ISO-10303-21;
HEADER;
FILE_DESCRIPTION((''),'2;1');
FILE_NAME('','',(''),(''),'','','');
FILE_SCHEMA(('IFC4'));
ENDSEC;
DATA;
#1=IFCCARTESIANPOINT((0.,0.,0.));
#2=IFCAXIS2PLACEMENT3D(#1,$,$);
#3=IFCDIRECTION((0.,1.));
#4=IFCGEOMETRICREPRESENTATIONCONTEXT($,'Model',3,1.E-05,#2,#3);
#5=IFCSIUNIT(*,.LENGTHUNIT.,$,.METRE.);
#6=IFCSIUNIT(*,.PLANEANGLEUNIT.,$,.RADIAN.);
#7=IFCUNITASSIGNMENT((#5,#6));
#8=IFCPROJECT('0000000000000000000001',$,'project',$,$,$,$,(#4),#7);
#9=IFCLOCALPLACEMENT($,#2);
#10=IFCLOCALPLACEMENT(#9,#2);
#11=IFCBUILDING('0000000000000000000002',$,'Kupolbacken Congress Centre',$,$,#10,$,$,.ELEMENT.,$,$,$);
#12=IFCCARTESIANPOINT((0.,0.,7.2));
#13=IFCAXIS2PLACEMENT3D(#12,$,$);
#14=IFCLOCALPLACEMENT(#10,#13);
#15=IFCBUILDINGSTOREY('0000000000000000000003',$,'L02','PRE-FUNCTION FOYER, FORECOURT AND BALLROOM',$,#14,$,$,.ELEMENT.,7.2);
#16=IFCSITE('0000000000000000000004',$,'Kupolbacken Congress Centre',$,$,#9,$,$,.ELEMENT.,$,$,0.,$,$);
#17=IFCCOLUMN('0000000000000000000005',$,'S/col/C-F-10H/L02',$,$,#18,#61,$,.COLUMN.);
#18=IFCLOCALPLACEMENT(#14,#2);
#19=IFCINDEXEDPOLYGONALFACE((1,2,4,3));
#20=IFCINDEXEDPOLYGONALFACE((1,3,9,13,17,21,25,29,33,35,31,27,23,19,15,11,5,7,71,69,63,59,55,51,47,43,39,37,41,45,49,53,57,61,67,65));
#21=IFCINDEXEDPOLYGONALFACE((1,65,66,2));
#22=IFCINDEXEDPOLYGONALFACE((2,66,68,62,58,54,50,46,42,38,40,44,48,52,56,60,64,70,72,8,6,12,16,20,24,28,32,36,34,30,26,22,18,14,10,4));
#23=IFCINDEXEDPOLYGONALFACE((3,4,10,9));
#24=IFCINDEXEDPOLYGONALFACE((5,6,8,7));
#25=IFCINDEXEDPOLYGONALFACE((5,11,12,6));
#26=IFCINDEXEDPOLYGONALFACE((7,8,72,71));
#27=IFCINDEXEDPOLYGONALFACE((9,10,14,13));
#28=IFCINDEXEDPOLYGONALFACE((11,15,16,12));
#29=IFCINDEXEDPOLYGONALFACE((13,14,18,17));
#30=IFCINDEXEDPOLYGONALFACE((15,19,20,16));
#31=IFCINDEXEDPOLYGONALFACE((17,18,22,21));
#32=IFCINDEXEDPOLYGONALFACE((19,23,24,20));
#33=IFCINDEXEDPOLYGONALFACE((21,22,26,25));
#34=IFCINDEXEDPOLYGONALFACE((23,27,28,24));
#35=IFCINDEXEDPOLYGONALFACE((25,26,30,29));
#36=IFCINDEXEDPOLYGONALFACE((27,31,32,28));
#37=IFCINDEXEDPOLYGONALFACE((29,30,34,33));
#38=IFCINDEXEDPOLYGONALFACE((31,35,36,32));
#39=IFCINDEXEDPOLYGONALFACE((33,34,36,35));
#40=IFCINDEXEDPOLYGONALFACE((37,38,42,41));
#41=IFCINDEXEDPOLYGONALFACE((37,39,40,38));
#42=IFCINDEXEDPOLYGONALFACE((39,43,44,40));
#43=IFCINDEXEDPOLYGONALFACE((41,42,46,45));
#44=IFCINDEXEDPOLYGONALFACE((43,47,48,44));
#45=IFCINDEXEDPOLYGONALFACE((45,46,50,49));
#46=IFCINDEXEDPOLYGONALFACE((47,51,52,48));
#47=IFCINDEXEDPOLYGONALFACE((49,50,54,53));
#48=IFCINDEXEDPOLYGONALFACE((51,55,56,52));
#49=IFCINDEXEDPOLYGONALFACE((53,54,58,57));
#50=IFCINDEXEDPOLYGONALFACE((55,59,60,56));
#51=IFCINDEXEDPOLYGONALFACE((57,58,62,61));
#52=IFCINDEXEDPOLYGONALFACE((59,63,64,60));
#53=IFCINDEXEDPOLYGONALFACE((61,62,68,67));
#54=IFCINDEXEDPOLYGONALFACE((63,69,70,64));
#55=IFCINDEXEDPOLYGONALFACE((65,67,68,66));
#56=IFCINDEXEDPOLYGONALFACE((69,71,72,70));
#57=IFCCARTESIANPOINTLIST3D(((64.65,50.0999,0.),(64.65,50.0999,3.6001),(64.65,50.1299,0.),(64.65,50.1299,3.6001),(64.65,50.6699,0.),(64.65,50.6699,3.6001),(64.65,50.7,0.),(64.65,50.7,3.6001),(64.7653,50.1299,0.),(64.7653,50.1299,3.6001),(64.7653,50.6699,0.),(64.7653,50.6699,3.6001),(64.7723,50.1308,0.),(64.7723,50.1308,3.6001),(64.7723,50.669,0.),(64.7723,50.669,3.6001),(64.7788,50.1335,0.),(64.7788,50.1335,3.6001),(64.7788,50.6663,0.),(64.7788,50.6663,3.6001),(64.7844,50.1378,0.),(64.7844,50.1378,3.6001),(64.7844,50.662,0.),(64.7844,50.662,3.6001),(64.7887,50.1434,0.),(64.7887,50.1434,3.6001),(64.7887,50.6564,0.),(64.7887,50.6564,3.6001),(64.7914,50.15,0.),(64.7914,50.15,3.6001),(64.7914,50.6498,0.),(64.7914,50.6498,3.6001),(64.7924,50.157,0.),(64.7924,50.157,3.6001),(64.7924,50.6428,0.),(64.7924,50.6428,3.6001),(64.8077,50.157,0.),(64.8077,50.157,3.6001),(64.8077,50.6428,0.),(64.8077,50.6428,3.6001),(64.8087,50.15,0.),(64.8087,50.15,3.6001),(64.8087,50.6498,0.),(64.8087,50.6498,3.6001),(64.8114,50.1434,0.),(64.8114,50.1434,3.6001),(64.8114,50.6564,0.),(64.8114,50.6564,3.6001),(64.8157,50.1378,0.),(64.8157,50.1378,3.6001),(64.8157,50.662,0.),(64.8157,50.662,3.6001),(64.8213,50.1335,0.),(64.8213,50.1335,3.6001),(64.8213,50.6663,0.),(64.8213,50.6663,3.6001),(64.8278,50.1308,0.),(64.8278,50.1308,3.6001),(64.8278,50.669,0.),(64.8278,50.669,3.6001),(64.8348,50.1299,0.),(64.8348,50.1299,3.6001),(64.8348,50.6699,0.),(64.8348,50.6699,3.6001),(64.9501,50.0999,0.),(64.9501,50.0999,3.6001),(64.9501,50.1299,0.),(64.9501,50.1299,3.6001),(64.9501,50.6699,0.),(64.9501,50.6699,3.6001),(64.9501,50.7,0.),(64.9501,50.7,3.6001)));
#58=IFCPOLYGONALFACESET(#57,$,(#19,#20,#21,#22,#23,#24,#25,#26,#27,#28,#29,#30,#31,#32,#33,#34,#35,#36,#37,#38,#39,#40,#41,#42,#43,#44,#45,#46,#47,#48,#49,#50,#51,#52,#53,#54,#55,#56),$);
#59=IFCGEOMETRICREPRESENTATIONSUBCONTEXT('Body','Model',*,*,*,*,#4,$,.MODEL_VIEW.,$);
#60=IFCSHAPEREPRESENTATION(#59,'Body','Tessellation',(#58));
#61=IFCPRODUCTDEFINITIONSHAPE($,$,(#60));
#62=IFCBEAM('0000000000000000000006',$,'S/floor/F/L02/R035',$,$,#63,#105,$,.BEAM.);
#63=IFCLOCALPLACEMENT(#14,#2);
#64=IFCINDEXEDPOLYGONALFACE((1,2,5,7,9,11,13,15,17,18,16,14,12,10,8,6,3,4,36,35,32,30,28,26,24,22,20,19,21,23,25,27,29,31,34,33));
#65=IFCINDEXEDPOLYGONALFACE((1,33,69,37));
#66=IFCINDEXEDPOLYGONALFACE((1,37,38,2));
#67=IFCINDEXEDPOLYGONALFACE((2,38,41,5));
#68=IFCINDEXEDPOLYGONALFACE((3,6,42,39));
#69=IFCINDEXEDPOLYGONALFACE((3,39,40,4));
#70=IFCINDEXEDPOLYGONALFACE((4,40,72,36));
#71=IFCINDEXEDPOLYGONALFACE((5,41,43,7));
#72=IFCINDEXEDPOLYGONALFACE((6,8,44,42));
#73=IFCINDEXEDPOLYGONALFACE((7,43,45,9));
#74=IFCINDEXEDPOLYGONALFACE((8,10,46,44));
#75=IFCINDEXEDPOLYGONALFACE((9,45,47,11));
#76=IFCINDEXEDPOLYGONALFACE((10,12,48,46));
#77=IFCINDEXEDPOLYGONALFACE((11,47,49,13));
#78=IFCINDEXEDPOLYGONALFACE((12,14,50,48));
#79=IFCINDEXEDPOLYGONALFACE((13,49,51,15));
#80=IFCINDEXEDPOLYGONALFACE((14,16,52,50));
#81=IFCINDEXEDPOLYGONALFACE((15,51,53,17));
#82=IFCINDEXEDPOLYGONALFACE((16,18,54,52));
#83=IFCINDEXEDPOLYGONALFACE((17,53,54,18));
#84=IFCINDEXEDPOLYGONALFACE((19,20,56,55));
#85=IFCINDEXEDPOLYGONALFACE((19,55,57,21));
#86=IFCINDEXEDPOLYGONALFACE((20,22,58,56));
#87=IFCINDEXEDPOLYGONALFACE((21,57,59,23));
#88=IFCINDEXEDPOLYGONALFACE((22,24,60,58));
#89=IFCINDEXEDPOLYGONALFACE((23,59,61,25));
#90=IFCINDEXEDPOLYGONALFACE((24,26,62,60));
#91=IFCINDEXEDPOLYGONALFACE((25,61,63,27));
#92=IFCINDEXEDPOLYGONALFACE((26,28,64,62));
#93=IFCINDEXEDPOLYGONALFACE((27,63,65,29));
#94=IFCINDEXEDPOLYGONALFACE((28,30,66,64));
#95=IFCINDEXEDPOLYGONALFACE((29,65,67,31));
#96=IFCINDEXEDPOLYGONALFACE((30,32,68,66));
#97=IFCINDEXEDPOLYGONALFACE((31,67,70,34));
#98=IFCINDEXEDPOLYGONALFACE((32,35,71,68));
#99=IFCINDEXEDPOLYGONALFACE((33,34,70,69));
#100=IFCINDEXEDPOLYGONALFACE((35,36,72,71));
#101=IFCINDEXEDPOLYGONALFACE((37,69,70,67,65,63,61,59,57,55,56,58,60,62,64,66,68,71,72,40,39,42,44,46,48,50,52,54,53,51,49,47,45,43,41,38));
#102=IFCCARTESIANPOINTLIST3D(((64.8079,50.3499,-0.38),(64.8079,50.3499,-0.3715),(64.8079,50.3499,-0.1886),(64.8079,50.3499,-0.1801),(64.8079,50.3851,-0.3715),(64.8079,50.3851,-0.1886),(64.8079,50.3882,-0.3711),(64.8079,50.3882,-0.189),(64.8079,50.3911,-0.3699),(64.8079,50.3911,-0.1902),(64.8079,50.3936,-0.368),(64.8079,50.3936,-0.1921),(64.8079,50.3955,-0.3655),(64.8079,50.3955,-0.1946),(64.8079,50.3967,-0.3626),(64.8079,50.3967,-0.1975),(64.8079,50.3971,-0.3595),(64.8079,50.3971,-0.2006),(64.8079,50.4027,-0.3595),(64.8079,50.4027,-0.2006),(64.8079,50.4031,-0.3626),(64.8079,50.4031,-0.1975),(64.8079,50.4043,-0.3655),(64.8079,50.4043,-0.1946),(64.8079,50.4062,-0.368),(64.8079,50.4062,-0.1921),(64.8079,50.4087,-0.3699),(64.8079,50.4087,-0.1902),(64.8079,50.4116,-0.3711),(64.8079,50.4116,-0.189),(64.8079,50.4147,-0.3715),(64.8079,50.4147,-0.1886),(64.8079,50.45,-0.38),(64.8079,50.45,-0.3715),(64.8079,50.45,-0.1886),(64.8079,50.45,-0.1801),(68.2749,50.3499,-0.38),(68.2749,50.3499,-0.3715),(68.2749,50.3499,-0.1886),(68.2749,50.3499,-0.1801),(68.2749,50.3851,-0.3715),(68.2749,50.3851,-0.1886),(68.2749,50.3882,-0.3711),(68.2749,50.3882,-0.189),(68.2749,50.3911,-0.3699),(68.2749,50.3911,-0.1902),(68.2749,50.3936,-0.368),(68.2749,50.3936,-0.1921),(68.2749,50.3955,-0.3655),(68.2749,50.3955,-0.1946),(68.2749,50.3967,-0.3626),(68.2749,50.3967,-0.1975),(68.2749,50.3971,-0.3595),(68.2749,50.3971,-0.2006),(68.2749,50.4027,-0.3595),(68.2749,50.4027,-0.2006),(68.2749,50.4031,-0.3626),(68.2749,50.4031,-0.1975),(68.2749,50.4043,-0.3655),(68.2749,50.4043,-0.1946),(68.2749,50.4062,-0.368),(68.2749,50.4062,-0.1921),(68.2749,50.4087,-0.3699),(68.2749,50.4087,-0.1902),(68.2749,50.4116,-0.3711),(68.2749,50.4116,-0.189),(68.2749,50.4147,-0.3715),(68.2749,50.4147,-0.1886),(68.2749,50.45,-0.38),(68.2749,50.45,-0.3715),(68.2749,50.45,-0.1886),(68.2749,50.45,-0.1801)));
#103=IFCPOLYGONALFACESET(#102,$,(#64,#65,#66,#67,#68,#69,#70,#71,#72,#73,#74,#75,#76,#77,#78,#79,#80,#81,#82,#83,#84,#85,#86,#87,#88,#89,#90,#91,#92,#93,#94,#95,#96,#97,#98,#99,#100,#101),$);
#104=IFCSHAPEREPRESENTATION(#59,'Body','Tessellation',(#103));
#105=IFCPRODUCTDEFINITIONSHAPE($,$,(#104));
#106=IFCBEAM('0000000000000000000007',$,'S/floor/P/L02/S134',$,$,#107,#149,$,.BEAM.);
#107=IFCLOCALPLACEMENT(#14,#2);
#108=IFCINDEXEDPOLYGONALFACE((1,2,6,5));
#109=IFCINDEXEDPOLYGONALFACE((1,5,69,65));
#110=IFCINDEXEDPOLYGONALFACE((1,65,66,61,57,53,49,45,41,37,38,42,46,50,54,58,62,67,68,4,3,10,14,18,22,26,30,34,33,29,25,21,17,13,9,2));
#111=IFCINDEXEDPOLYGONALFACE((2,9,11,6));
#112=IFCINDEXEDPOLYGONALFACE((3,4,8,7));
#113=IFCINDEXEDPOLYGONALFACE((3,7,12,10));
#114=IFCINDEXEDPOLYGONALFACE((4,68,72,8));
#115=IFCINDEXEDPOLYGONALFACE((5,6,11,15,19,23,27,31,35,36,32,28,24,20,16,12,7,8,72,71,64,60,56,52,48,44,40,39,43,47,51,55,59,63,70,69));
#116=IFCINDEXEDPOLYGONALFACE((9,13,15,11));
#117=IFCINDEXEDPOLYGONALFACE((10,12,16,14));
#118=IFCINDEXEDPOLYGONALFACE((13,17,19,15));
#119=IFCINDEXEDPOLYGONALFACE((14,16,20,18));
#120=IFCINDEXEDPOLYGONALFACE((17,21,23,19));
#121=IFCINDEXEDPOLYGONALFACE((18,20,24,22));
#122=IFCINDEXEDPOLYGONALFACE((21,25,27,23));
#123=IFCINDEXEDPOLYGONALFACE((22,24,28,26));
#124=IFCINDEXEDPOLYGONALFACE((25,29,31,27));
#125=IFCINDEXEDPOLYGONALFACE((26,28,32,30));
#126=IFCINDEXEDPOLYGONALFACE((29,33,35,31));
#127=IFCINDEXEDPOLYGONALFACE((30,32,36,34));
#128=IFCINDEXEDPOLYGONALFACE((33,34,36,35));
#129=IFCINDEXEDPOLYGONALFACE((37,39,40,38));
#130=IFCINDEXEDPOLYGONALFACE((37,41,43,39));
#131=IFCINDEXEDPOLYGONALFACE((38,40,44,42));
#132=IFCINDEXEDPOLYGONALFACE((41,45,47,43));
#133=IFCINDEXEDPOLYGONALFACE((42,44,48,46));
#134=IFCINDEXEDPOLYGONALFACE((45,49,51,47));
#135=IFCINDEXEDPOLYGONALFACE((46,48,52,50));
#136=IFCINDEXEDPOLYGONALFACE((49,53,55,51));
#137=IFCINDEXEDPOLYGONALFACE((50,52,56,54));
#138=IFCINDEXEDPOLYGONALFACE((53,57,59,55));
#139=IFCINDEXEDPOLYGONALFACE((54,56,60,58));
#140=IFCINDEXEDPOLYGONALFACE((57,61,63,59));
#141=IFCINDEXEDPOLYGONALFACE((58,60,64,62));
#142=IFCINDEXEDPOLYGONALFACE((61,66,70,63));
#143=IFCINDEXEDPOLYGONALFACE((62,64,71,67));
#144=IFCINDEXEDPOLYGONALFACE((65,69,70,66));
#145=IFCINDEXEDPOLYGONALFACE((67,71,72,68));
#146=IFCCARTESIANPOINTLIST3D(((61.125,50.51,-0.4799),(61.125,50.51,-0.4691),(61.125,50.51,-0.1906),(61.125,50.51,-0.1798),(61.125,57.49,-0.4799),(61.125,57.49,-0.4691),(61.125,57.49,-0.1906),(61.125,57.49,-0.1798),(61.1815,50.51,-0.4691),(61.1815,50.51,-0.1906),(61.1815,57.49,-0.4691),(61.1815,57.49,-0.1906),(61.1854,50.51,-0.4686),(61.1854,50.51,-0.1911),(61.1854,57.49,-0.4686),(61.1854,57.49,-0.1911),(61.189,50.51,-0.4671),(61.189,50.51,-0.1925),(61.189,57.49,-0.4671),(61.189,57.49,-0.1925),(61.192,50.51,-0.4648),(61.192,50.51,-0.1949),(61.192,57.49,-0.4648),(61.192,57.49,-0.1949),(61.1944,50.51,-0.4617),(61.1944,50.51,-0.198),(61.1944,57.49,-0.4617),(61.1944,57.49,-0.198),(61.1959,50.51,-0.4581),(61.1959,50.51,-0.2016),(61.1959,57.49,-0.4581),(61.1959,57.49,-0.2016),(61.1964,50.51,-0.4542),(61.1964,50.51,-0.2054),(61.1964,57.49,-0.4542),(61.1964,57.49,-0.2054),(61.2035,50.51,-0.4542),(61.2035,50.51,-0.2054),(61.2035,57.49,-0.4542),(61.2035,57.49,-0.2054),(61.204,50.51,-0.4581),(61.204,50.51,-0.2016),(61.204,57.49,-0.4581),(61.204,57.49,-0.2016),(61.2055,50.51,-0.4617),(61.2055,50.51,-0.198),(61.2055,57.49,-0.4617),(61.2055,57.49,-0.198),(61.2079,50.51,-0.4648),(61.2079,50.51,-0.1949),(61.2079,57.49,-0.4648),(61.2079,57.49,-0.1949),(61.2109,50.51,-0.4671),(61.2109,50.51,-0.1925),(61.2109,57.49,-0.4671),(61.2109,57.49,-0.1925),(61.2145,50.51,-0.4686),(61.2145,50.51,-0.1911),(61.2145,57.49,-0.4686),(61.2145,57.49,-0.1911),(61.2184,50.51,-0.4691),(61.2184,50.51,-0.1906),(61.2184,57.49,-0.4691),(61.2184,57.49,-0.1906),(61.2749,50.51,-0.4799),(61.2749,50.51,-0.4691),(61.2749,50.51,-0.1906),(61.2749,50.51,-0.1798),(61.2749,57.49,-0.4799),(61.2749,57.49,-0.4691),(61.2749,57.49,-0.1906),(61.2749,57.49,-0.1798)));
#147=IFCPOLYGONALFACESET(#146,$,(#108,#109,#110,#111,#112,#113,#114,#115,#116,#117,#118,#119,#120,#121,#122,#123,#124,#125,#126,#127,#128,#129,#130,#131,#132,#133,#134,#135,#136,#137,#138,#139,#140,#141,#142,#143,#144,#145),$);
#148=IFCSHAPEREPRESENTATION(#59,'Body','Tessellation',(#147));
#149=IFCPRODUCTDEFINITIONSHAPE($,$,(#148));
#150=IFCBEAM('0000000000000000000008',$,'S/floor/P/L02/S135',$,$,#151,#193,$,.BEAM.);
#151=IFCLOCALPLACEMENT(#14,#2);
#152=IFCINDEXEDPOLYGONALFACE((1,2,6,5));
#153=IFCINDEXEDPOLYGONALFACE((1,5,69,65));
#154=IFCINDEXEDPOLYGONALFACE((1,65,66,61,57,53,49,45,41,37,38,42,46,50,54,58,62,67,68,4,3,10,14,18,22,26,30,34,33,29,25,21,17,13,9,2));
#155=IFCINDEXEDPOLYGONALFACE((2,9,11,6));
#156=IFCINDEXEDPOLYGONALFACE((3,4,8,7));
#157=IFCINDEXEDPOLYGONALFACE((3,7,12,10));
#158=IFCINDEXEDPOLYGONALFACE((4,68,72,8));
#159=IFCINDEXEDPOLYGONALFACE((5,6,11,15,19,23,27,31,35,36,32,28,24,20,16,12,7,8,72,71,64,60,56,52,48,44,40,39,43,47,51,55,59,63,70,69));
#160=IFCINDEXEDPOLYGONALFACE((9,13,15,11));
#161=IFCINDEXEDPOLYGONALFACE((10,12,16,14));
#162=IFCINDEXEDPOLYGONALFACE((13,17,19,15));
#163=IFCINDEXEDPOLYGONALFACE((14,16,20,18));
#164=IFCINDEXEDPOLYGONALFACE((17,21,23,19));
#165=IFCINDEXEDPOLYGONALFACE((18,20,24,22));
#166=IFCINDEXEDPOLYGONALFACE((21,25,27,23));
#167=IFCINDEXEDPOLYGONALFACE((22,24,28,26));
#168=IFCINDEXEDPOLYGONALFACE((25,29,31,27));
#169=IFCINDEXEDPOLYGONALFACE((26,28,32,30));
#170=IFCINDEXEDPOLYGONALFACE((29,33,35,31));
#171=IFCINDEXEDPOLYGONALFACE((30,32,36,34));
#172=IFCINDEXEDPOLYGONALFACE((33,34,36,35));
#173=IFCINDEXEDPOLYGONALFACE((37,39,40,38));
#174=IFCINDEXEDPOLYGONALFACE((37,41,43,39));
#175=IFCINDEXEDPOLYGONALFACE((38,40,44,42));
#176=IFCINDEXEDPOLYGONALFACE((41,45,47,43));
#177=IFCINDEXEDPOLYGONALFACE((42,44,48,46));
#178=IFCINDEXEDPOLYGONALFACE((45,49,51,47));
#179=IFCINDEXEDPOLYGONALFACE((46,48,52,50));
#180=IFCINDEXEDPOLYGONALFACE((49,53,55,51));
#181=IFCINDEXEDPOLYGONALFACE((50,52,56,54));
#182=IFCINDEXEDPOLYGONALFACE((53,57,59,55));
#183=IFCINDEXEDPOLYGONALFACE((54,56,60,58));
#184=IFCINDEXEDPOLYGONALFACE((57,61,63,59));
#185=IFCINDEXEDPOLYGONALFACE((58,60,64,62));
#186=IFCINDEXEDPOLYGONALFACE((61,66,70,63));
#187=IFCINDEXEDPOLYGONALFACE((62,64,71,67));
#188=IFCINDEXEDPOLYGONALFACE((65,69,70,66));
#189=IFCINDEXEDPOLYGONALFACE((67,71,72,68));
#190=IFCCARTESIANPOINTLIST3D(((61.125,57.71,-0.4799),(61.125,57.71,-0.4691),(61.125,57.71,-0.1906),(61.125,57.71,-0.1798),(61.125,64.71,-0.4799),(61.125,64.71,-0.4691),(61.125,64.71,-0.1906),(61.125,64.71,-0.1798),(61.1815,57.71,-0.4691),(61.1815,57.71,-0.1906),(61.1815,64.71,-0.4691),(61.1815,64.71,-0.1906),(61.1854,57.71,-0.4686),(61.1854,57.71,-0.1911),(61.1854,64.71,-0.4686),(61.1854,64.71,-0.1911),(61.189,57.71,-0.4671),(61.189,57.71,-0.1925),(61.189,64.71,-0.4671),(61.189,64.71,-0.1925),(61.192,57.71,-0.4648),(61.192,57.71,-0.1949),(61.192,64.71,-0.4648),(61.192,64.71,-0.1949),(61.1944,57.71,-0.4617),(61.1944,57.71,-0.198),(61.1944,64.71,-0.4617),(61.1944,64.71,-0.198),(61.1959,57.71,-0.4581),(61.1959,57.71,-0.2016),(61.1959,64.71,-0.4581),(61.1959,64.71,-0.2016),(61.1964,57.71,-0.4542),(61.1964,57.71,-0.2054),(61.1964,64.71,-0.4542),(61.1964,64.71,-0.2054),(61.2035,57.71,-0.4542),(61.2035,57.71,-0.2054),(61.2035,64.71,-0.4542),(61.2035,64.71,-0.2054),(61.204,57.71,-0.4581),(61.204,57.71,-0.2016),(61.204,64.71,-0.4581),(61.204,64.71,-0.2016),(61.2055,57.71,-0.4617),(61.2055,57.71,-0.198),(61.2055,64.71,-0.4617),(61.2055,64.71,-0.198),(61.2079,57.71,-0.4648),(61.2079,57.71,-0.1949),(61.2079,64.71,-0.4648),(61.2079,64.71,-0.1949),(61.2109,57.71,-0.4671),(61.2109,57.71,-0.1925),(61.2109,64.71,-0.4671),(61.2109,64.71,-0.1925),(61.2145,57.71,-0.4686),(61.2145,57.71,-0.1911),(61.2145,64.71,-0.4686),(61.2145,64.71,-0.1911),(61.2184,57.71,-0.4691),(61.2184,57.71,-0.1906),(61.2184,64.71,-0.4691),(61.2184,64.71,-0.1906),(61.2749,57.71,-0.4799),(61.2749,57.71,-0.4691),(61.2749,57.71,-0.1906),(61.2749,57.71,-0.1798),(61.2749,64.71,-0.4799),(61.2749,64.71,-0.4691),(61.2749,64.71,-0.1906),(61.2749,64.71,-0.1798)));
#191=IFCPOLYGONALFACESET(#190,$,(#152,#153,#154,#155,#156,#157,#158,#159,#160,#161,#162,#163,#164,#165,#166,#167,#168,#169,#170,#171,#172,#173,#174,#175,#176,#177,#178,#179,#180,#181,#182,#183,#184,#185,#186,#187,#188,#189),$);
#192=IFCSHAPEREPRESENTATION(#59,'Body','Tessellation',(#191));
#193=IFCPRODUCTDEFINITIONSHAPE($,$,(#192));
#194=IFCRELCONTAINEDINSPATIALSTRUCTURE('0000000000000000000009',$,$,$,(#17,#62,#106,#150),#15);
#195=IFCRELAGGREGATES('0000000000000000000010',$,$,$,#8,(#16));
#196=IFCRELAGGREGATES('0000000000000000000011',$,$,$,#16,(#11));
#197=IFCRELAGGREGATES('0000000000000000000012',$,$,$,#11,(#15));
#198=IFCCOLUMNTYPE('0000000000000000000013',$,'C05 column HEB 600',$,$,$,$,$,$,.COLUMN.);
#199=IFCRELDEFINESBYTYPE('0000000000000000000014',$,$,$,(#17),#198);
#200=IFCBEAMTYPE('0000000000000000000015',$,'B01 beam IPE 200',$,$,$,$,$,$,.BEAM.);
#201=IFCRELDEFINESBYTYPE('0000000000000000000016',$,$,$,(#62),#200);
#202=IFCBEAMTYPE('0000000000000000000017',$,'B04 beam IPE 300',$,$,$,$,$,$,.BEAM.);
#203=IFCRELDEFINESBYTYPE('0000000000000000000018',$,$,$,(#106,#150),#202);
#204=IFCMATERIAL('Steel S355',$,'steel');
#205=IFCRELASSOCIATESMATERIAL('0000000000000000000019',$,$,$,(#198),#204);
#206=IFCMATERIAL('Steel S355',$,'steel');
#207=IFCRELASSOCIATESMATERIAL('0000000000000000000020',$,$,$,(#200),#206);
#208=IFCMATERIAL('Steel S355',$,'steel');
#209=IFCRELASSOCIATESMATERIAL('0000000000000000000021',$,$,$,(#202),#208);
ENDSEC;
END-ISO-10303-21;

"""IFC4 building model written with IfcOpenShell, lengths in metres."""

from ifc_helpers import new_model, si_unit, direction, frame, origin, origin_2d, place, context, subcontext, project, spatial, i_section, extrude, material, material_profile, profile_set, type_object, element, save


model = new_model("IFC4")

# Units and contexts
model_context = context("Model", 3, precision=1e-05, world=origin(), true_north=direction((0.0, 1.0)))
body_context = subcontext(model_context, "Body", "Model", "MODEL_VIEW")
ifc_project = project(units=[si_unit("LENGTHUNIT", "METRE"), si_unit("PLANEANGLEUNIT", "RADIAN")], contexts=[model_context])

# Site, building, storey
site_placement = place(None, origin())
site = spatial("IfcSite", under=ifc_project, at=site_placement, Name="Kupolbacken Congress Centre", CompositionType="ELEMENT", RefElevation=0.0)
building_placement = place(site_placement, origin())
building = spatial("IfcBuilding", under=site, at=building_placement, Name="Kupolbacken Congress Centre", CompositionType="ELEMENT")
storey_placement = place(building_placement, frame((0.0, 0.0, 7.2)))
storey = spatial("IfcBuildingStorey", under=building, at=storey_placement, Name="L02", Description="PRE-FUNCTION FOYER, FORECOURT AND BALLROOM", CompositionType="ELEMENT", Elevation=7.2)

# Column
ifc_material_1 = material(Name="Steel S355", Category="steel")
ifc_material_profile_1 = material_profile(ifc_material_1, i_section(OverallWidth=0.3, OverallDepth=0.6001, WebThickness=0.0154, FlangeThickness=0.03, FilletRadius=0.0271, at=origin_2d()), Name="HEB 600")
ifc_profile_set_1 = profile_set([ifc_material_profile_1], Name="Steel S355")
column_type = type_object("IfcColumnType", Name="C05 column HEB 600", PredefinedType="COLUMN", material=ifc_profile_set_1)
column_placement = place(storey_placement, frame((64.8, 50.3999, 0.0), z_axis=(0.0, 0.0, 1.0), x_axis=(1.0, 0.0, 0.0)))
element("IfcColumn", 1, at=column_placement, inside=storey, type_object=column_type, Name="S/col/C-F-10H/L02", PredefinedType="COLUMN", context=body_context, shape_type="SweptSolid", body=[
    extrude(i_section(OverallWidth=0.3, OverallDepth=0.6001, WebThickness=0.0154, FlangeThickness=0.03, FilletRadius=0.0271, at=origin_2d()), origin(), (0.0, 0.0, 1.0), 3.6001),
])

# Beams
ifc_material_2 = material(Name="Steel S355", Category="steel")
ifc_material_profile_2 = material_profile(ifc_material_2, i_section(OverallWidth=0.1001, OverallDepth=0.2, WebThickness=0.0056, FlangeThickness=0.0085, FilletRadius=0.012, at=origin_2d()), Name="IPE 200")
ifc_profile_set_2 = profile_set([ifc_material_profile_2], Name="Steel S355")
beam_type_1 = type_object("IfcBeamType", Name="B01 beam IPE 200", PredefinedType="BEAM", material=ifc_profile_set_2)
beam_1_placement = place(storey_placement, frame((64.8079, 50.3999, -0.28), z_axis=(1.0, 0.0, 0.0), x_axis=(0.0, 1.0, 0.0)))
element("IfcBeam", 2, at=beam_1_placement, inside=storey, type_object=beam_type_1, Name="S/floor/F/L02/R035", PredefinedType="BEAM", context=body_context, shape_type="SweptSolid", body=[
    extrude(i_section(OverallWidth=0.1001, OverallDepth=0.2, WebThickness=0.0056, FlangeThickness=0.0085, FilletRadius=0.012, at=origin_2d()), origin(), (0.0, 0.0, 1.0), 3.467),
])
ifc_material_3 = material(Name="Steel S355", Category="steel")
ifc_material_profile_3 = material_profile(ifc_material_3, i_section(OverallWidth=0.1499, OverallDepth=0.3, WebThickness=0.0071, FlangeThickness=0.0107, FilletRadius=0.0149, at=origin_2d()), Name="IPE 300")
ifc_profile_set_3 = profile_set([ifc_material_profile_3], Name="Steel S355")
beam_type_2 = type_object("IfcBeamType", Name="B04 beam IPE 300", PredefinedType="BEAM", material=ifc_profile_set_3)
beam_2_placement = place(storey_placement, frame((61.2, 50.51, -0.3298), z_axis=(0.0, 1.0, 0.0), x_axis=(-1.0, 0.0, 0.0)))
element("IfcBeam", 3, at=beam_2_placement, inside=storey, type_object=beam_type_2, Name="S/floor/P/L02/S134", PredefinedType="BEAM", context=body_context, shape_type="SweptSolid", body=[
    extrude(i_section(OverallWidth=0.1499, OverallDepth=0.3, WebThickness=0.0071, FlangeThickness=0.0107, FilletRadius=0.0149, at=origin_2d()), origin(), (0.0, 0.0, 1.0), 6.98),
])
beam_3_placement = place(storey_placement, frame((61.2, 57.71, -0.3298), z_axis=(0.0, 1.0, 0.0), x_axis=(-1.0, 0.0, 0.0)))
element("IfcBeam", 4, at=beam_3_placement, inside=storey, type_object=beam_type_2, Name="S/floor/P/L02/S135", PredefinedType="BEAM", context=body_context, shape_type="SweptSolid", body=[
    extrude(i_section(OverallWidth=0.1499, OverallDepth=0.3, WebThickness=0.0071, FlangeThickness=0.0107, FilletRadius=0.0149, at=origin_2d()), origin(), (0.0, 0.0, 1.0), 7.0),
])

save(model, "model.ifc")
